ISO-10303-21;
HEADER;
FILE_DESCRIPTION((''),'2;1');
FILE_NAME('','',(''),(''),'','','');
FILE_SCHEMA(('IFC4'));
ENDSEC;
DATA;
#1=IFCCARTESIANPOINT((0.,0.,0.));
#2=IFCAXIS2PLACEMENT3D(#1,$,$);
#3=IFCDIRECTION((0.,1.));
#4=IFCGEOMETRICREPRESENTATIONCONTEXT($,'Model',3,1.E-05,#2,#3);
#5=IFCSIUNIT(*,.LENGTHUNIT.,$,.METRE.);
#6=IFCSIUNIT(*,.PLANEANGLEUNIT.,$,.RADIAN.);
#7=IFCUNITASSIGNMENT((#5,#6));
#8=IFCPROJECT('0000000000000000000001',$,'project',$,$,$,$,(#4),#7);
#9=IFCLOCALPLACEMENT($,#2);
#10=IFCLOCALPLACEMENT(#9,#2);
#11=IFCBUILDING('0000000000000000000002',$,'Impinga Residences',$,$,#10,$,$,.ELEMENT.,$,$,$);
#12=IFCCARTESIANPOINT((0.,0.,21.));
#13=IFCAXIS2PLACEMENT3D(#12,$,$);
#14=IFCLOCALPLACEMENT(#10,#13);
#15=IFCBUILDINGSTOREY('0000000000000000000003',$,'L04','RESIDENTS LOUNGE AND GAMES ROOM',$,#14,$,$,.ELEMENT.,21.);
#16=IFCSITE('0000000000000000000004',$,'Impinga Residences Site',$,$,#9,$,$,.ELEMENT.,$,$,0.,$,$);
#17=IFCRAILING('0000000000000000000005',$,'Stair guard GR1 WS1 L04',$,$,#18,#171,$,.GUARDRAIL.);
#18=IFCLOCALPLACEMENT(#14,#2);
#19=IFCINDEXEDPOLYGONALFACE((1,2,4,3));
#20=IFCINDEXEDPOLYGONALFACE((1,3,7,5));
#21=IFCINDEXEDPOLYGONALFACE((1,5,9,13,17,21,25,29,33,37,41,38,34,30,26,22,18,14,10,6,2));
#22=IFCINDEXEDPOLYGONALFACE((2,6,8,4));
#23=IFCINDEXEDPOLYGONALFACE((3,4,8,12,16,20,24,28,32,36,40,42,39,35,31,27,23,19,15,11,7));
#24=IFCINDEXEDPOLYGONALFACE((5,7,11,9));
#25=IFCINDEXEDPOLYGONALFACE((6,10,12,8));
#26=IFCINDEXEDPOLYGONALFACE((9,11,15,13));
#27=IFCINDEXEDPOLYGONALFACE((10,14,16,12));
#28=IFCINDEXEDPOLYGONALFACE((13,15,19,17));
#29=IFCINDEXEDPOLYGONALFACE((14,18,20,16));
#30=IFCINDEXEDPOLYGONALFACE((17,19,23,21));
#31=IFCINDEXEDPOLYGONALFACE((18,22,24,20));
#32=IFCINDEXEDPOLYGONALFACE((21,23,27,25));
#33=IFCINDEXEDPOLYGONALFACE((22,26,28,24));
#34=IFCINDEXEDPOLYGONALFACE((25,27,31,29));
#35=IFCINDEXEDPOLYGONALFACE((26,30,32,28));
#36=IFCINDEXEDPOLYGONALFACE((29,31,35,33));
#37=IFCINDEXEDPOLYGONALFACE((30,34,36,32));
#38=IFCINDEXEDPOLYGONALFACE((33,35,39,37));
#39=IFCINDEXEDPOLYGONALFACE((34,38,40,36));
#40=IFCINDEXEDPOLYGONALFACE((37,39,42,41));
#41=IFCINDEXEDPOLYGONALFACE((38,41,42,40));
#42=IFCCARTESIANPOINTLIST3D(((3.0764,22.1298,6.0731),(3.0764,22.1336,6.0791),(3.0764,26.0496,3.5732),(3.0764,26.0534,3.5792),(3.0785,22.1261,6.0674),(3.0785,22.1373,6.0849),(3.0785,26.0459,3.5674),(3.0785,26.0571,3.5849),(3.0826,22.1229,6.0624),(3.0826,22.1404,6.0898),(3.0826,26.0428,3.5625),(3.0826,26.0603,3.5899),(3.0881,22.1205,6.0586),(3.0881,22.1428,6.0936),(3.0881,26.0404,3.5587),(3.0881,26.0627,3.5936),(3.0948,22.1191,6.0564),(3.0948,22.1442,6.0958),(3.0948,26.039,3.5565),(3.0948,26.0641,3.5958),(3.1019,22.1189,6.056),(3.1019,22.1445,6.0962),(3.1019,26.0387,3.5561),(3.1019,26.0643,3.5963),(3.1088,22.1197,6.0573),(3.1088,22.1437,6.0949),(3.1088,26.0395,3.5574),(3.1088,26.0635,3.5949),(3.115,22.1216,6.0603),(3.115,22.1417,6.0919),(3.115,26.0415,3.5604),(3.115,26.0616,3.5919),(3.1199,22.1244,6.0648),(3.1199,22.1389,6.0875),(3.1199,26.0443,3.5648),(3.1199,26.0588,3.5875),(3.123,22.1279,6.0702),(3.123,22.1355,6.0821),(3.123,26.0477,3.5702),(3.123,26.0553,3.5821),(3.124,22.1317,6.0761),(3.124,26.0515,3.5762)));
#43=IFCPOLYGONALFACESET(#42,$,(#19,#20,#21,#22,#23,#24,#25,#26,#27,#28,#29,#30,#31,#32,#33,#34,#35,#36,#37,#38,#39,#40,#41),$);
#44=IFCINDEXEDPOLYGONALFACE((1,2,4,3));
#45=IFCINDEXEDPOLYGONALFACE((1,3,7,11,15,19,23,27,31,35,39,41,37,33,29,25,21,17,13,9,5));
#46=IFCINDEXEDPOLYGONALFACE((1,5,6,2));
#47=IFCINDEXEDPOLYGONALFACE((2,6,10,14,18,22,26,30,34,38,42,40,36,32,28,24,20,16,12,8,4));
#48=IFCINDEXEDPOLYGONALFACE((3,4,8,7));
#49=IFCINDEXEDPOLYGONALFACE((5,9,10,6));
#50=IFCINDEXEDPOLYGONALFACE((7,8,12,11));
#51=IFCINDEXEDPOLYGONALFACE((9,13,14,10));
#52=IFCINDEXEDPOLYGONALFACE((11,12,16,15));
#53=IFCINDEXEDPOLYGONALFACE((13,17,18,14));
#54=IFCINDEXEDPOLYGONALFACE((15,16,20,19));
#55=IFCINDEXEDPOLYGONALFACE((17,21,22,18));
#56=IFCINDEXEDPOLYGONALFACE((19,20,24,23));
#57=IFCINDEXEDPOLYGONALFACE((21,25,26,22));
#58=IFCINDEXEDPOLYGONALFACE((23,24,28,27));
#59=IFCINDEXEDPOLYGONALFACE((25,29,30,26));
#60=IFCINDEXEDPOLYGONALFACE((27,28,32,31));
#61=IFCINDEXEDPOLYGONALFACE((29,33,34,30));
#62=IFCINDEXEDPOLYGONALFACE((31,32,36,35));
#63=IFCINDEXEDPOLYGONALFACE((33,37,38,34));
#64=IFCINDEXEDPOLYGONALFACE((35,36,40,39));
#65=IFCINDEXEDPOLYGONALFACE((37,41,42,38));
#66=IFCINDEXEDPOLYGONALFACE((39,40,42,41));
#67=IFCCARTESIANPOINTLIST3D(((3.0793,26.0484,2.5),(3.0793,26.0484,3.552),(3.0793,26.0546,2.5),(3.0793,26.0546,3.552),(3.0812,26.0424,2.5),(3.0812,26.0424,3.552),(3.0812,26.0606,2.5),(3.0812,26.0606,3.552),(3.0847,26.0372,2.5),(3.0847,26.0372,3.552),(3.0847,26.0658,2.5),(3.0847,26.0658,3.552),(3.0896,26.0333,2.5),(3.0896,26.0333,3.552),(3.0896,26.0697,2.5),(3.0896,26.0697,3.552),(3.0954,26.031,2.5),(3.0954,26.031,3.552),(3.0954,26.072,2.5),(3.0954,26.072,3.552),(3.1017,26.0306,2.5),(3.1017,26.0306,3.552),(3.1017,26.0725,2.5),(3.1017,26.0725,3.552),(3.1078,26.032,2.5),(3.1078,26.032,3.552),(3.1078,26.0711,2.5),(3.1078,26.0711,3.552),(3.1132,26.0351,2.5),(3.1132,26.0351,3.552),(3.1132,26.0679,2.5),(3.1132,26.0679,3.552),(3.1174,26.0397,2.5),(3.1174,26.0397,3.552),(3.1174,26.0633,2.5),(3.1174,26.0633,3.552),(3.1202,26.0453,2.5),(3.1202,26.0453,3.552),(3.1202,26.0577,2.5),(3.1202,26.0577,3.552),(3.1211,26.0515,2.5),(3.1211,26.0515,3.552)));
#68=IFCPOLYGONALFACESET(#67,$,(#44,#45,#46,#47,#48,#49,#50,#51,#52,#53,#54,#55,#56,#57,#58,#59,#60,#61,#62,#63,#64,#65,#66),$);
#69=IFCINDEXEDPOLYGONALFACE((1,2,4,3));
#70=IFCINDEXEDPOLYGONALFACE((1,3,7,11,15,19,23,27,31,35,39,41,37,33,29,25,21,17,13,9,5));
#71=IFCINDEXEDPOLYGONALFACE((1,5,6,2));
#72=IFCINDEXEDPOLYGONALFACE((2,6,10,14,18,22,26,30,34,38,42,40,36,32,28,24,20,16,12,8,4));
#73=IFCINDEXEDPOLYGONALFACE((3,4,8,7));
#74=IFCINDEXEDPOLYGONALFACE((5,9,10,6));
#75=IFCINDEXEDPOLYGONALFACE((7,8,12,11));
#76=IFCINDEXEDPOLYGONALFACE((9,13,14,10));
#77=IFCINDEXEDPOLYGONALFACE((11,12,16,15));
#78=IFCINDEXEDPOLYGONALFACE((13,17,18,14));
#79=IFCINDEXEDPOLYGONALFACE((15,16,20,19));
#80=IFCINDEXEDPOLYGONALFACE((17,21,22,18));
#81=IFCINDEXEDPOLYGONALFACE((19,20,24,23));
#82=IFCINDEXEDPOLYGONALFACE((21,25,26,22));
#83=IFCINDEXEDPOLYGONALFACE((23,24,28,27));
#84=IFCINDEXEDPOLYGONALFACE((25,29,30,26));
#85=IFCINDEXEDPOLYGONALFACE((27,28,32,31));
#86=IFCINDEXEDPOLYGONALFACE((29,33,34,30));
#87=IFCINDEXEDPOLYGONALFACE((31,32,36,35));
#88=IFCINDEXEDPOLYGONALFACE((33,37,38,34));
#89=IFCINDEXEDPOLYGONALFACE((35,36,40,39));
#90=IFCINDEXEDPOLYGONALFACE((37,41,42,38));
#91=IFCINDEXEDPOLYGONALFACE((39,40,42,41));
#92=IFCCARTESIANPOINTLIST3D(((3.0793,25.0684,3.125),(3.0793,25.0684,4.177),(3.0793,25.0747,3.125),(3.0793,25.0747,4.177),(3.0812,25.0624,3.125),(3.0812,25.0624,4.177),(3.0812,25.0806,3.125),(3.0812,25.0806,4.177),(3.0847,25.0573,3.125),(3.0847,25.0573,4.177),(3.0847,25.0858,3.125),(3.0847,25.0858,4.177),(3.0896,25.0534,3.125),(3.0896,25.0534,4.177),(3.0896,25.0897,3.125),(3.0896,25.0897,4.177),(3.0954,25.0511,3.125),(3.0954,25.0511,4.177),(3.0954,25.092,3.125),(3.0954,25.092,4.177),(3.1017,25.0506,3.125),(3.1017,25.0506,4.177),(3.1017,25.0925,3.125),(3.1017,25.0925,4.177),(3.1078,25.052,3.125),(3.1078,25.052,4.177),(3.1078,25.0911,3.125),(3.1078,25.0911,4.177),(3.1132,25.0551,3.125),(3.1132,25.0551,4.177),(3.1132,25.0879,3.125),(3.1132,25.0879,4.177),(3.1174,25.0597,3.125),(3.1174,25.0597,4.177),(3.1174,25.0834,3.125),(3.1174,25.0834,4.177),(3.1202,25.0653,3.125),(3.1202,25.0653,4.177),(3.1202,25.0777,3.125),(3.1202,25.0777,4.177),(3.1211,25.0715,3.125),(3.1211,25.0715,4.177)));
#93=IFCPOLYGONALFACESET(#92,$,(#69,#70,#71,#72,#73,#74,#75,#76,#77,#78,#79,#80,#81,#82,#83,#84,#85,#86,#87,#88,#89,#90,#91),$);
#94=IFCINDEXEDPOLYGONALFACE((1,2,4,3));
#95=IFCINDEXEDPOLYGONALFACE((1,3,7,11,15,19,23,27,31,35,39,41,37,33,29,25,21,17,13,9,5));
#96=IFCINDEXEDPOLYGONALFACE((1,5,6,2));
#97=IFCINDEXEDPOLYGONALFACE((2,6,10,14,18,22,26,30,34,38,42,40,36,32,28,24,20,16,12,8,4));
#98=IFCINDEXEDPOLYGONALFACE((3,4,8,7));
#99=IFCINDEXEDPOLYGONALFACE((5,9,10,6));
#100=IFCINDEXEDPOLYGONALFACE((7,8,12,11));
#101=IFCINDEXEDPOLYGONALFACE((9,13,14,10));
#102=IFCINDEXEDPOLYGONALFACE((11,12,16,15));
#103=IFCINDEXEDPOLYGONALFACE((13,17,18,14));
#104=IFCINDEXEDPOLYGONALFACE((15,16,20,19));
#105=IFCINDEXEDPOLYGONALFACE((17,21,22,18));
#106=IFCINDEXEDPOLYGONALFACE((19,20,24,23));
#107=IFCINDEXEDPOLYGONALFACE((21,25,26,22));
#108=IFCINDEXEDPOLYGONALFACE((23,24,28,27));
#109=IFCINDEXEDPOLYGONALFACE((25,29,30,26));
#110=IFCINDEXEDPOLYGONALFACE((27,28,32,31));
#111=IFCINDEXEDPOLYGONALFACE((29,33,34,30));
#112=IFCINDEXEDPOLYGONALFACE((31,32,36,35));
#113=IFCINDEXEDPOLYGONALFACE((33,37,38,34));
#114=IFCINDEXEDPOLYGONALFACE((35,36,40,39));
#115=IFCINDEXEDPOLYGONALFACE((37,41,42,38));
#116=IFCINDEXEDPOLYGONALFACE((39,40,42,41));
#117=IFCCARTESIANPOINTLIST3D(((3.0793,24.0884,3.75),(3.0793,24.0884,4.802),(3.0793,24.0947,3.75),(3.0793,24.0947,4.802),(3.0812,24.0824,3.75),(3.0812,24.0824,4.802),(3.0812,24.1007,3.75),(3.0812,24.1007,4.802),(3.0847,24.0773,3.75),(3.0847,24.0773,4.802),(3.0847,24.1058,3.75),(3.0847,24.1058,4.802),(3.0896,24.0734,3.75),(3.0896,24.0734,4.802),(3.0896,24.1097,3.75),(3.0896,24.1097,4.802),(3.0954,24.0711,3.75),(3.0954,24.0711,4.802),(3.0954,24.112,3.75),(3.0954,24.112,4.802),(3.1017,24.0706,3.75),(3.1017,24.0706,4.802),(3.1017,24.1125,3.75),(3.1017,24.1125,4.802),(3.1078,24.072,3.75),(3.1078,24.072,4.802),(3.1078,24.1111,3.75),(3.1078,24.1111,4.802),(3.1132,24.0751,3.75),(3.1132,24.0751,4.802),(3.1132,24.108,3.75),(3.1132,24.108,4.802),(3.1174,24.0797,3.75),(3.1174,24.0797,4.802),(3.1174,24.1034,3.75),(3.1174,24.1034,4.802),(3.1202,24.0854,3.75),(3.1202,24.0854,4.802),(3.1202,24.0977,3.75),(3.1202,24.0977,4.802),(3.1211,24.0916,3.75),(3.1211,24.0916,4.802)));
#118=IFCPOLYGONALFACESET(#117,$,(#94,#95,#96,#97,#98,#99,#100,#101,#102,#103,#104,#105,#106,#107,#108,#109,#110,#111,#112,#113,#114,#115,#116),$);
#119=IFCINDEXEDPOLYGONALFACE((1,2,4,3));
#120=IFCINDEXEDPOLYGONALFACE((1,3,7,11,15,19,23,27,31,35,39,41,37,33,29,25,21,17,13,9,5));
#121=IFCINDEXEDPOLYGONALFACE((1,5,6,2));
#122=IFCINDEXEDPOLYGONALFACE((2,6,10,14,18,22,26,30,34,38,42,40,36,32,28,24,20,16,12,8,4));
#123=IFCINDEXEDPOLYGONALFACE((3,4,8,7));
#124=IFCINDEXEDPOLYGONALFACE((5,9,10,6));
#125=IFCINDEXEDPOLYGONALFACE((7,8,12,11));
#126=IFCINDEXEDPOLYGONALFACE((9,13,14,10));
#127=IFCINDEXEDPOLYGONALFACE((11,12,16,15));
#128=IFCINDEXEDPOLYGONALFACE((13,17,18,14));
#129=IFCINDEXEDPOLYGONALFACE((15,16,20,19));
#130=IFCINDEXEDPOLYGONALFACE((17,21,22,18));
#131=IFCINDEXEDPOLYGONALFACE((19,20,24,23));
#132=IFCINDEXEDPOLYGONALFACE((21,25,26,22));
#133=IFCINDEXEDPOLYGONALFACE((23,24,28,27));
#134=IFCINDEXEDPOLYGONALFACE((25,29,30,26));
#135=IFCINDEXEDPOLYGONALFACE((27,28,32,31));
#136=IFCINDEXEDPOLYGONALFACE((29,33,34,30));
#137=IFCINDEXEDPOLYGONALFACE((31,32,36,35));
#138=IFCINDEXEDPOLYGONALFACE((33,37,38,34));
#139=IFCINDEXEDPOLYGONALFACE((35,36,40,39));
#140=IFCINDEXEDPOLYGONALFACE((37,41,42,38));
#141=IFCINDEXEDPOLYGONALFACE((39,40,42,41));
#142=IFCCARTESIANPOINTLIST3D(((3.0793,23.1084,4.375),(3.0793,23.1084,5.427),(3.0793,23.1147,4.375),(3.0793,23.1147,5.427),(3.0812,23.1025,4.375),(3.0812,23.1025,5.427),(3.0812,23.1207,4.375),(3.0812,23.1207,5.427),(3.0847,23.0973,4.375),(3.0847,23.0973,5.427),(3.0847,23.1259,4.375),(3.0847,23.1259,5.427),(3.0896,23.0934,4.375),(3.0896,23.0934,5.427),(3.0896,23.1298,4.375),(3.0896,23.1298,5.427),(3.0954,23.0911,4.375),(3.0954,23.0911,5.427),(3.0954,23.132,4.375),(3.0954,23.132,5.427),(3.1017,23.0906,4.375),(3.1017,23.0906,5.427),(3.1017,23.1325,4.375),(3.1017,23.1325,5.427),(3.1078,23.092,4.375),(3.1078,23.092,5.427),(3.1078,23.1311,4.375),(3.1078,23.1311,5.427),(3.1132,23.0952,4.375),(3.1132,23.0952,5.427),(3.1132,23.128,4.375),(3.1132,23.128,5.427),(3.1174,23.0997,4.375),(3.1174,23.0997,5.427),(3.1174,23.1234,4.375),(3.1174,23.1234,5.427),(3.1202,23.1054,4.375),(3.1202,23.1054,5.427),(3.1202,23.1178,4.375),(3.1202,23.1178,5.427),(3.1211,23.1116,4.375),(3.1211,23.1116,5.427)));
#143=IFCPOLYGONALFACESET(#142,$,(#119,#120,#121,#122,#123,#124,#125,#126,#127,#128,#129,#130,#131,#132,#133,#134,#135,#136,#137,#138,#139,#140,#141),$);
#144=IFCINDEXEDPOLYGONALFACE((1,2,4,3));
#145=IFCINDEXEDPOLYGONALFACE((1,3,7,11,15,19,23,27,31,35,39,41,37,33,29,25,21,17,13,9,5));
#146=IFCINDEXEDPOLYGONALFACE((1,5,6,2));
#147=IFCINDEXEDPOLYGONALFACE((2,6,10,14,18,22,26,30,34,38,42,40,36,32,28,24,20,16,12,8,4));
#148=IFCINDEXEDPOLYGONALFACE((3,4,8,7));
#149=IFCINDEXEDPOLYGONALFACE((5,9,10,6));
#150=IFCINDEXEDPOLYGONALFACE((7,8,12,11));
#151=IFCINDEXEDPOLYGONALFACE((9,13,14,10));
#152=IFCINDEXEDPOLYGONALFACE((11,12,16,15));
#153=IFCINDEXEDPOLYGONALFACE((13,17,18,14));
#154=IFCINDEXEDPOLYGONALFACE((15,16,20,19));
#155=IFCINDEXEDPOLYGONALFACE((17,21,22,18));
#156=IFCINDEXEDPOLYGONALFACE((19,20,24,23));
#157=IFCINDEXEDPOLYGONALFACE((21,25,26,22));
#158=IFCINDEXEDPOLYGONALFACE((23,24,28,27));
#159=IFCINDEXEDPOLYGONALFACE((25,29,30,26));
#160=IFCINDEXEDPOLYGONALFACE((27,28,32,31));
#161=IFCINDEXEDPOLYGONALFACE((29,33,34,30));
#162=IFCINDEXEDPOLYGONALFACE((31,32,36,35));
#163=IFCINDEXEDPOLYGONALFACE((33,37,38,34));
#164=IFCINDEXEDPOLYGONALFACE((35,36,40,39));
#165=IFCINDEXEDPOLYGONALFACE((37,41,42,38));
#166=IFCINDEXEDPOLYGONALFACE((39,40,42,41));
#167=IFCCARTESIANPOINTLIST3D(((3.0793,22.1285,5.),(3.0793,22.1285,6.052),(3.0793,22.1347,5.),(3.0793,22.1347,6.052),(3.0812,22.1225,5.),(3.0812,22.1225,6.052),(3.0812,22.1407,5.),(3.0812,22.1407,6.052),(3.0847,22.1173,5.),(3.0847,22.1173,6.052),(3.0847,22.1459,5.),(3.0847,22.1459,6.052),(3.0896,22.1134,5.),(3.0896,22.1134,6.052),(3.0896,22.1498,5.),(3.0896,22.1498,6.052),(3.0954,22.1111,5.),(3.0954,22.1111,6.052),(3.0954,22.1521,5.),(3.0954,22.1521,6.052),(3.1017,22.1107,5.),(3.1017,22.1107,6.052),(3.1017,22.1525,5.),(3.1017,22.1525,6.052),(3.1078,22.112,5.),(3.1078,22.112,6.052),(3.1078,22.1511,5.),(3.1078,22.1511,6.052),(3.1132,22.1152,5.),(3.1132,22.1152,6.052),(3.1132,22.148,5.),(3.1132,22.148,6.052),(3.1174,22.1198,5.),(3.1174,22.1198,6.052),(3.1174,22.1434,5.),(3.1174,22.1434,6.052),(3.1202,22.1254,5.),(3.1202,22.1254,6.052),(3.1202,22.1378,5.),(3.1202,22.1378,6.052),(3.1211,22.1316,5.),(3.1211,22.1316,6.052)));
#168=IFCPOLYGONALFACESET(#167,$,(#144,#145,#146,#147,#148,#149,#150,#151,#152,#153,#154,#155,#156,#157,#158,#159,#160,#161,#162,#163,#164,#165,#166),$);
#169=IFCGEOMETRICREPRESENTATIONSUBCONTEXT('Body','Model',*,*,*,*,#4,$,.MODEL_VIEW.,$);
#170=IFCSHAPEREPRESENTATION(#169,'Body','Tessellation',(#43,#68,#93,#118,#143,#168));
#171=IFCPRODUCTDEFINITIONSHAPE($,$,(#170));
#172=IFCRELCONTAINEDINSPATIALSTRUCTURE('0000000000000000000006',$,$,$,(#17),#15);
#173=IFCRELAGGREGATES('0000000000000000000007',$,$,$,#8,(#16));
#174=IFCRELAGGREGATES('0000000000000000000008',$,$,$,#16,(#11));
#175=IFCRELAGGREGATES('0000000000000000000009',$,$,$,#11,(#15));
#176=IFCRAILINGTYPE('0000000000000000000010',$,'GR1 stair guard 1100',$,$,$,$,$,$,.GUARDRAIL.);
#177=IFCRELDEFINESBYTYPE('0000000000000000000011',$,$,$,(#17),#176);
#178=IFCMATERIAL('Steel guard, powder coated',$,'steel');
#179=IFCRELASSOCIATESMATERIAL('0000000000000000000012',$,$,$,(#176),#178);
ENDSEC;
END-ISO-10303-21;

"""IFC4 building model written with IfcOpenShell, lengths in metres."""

from ifc_helpers import new_model, si_unit, direction, frame, origin, origin_2d, place, context, subcontext, project, spatial, circle, extrude, material, type_object, element, save


model = new_model("IFC4")

# Units and contexts
model_context = context("Model", 3, precision=1e-05, world=origin(), true_north=direction((0.0, 1.0)))
body_context = subcontext(model_context, "Body", "Model", "MODEL_VIEW")
ifc_project = project(units=[si_unit("LENGTHUNIT", "METRE"), si_unit("PLANEANGLEUNIT", "RADIAN")], contexts=[model_context])

# Site, building, storey
site_placement = place(None, origin())
site = spatial("IfcSite", under=ifc_project, at=site_placement, Name="Impinga Residences Site", CompositionType="ELEMENT", RefElevation=0.0)
building_placement = place(site_placement, origin())
building = spatial("IfcBuilding", under=site, at=building_placement, Name="Impinga Residences", CompositionType="ELEMENT")
storey_placement = place(building_placement, frame((0.0, 0.0, 21.0)))
storey = spatial("IfcBuildingStorey", under=building, at=storey_placement, Name="L04", Description="RESIDENTS LOUNGE AND GAMES ROOM", CompositionType="ELEMENT", Elevation=21.0)

# Railing
ifc_material_1 = material(Name="Steel guard, powder coated", Category="steel")
railing_type_1 = type_object("IfcRailingType", Name="GR1 stair guard 1100", PredefinedType="GUARDRAIL", material=ifc_material_1)
railing_1_placement = place(storey_placement, frame((3.1001, 26.0515, 2.5)))
element("IfcRailing", 1, at=railing_1_placement, inside=storey, type_object=railing_type_1, Name="Stair guard GR1 WS1 L04", PredefinedType="GUARDRAIL", context=body_context, shape_type="SweptSolid", body=[
    extrude(circle(Radius=0.0239, at=origin_2d()), frame((0.0, 0.0, 1.0762), z_axis=(0.0, -0.843125, 0.537718), x_axis=(1.0, 0.0, 0.0)), (0.0, 0.0, 1.0), 4.6492),
    extrude(circle(Radius=0.021, at=origin_2d()), origin(), (0.0, 0.0, 1.0), 1.052),
    extrude(circle(Radius=0.021, at=origin_2d()), frame((0.0, -0.98, 0.625)), (0.0, 0.0, 1.0), 1.052),
    extrude(circle(Radius=0.021, at=origin_2d()), frame((0.0, -1.96, 1.25)), (0.0, 0.0, 1.0), 1.052),
    extrude(circle(Radius=0.021, at=origin_2d()), frame((0.0, -2.9399, 1.875)), (0.0, 0.0, 1.0), 1.052),
    extrude(circle(Radius=0.021, at=origin_2d()), frame((0.0, -3.9199, 2.5)), (0.0, 0.0, 1.0), 1.052),
])

save(model, "model.ifc")
